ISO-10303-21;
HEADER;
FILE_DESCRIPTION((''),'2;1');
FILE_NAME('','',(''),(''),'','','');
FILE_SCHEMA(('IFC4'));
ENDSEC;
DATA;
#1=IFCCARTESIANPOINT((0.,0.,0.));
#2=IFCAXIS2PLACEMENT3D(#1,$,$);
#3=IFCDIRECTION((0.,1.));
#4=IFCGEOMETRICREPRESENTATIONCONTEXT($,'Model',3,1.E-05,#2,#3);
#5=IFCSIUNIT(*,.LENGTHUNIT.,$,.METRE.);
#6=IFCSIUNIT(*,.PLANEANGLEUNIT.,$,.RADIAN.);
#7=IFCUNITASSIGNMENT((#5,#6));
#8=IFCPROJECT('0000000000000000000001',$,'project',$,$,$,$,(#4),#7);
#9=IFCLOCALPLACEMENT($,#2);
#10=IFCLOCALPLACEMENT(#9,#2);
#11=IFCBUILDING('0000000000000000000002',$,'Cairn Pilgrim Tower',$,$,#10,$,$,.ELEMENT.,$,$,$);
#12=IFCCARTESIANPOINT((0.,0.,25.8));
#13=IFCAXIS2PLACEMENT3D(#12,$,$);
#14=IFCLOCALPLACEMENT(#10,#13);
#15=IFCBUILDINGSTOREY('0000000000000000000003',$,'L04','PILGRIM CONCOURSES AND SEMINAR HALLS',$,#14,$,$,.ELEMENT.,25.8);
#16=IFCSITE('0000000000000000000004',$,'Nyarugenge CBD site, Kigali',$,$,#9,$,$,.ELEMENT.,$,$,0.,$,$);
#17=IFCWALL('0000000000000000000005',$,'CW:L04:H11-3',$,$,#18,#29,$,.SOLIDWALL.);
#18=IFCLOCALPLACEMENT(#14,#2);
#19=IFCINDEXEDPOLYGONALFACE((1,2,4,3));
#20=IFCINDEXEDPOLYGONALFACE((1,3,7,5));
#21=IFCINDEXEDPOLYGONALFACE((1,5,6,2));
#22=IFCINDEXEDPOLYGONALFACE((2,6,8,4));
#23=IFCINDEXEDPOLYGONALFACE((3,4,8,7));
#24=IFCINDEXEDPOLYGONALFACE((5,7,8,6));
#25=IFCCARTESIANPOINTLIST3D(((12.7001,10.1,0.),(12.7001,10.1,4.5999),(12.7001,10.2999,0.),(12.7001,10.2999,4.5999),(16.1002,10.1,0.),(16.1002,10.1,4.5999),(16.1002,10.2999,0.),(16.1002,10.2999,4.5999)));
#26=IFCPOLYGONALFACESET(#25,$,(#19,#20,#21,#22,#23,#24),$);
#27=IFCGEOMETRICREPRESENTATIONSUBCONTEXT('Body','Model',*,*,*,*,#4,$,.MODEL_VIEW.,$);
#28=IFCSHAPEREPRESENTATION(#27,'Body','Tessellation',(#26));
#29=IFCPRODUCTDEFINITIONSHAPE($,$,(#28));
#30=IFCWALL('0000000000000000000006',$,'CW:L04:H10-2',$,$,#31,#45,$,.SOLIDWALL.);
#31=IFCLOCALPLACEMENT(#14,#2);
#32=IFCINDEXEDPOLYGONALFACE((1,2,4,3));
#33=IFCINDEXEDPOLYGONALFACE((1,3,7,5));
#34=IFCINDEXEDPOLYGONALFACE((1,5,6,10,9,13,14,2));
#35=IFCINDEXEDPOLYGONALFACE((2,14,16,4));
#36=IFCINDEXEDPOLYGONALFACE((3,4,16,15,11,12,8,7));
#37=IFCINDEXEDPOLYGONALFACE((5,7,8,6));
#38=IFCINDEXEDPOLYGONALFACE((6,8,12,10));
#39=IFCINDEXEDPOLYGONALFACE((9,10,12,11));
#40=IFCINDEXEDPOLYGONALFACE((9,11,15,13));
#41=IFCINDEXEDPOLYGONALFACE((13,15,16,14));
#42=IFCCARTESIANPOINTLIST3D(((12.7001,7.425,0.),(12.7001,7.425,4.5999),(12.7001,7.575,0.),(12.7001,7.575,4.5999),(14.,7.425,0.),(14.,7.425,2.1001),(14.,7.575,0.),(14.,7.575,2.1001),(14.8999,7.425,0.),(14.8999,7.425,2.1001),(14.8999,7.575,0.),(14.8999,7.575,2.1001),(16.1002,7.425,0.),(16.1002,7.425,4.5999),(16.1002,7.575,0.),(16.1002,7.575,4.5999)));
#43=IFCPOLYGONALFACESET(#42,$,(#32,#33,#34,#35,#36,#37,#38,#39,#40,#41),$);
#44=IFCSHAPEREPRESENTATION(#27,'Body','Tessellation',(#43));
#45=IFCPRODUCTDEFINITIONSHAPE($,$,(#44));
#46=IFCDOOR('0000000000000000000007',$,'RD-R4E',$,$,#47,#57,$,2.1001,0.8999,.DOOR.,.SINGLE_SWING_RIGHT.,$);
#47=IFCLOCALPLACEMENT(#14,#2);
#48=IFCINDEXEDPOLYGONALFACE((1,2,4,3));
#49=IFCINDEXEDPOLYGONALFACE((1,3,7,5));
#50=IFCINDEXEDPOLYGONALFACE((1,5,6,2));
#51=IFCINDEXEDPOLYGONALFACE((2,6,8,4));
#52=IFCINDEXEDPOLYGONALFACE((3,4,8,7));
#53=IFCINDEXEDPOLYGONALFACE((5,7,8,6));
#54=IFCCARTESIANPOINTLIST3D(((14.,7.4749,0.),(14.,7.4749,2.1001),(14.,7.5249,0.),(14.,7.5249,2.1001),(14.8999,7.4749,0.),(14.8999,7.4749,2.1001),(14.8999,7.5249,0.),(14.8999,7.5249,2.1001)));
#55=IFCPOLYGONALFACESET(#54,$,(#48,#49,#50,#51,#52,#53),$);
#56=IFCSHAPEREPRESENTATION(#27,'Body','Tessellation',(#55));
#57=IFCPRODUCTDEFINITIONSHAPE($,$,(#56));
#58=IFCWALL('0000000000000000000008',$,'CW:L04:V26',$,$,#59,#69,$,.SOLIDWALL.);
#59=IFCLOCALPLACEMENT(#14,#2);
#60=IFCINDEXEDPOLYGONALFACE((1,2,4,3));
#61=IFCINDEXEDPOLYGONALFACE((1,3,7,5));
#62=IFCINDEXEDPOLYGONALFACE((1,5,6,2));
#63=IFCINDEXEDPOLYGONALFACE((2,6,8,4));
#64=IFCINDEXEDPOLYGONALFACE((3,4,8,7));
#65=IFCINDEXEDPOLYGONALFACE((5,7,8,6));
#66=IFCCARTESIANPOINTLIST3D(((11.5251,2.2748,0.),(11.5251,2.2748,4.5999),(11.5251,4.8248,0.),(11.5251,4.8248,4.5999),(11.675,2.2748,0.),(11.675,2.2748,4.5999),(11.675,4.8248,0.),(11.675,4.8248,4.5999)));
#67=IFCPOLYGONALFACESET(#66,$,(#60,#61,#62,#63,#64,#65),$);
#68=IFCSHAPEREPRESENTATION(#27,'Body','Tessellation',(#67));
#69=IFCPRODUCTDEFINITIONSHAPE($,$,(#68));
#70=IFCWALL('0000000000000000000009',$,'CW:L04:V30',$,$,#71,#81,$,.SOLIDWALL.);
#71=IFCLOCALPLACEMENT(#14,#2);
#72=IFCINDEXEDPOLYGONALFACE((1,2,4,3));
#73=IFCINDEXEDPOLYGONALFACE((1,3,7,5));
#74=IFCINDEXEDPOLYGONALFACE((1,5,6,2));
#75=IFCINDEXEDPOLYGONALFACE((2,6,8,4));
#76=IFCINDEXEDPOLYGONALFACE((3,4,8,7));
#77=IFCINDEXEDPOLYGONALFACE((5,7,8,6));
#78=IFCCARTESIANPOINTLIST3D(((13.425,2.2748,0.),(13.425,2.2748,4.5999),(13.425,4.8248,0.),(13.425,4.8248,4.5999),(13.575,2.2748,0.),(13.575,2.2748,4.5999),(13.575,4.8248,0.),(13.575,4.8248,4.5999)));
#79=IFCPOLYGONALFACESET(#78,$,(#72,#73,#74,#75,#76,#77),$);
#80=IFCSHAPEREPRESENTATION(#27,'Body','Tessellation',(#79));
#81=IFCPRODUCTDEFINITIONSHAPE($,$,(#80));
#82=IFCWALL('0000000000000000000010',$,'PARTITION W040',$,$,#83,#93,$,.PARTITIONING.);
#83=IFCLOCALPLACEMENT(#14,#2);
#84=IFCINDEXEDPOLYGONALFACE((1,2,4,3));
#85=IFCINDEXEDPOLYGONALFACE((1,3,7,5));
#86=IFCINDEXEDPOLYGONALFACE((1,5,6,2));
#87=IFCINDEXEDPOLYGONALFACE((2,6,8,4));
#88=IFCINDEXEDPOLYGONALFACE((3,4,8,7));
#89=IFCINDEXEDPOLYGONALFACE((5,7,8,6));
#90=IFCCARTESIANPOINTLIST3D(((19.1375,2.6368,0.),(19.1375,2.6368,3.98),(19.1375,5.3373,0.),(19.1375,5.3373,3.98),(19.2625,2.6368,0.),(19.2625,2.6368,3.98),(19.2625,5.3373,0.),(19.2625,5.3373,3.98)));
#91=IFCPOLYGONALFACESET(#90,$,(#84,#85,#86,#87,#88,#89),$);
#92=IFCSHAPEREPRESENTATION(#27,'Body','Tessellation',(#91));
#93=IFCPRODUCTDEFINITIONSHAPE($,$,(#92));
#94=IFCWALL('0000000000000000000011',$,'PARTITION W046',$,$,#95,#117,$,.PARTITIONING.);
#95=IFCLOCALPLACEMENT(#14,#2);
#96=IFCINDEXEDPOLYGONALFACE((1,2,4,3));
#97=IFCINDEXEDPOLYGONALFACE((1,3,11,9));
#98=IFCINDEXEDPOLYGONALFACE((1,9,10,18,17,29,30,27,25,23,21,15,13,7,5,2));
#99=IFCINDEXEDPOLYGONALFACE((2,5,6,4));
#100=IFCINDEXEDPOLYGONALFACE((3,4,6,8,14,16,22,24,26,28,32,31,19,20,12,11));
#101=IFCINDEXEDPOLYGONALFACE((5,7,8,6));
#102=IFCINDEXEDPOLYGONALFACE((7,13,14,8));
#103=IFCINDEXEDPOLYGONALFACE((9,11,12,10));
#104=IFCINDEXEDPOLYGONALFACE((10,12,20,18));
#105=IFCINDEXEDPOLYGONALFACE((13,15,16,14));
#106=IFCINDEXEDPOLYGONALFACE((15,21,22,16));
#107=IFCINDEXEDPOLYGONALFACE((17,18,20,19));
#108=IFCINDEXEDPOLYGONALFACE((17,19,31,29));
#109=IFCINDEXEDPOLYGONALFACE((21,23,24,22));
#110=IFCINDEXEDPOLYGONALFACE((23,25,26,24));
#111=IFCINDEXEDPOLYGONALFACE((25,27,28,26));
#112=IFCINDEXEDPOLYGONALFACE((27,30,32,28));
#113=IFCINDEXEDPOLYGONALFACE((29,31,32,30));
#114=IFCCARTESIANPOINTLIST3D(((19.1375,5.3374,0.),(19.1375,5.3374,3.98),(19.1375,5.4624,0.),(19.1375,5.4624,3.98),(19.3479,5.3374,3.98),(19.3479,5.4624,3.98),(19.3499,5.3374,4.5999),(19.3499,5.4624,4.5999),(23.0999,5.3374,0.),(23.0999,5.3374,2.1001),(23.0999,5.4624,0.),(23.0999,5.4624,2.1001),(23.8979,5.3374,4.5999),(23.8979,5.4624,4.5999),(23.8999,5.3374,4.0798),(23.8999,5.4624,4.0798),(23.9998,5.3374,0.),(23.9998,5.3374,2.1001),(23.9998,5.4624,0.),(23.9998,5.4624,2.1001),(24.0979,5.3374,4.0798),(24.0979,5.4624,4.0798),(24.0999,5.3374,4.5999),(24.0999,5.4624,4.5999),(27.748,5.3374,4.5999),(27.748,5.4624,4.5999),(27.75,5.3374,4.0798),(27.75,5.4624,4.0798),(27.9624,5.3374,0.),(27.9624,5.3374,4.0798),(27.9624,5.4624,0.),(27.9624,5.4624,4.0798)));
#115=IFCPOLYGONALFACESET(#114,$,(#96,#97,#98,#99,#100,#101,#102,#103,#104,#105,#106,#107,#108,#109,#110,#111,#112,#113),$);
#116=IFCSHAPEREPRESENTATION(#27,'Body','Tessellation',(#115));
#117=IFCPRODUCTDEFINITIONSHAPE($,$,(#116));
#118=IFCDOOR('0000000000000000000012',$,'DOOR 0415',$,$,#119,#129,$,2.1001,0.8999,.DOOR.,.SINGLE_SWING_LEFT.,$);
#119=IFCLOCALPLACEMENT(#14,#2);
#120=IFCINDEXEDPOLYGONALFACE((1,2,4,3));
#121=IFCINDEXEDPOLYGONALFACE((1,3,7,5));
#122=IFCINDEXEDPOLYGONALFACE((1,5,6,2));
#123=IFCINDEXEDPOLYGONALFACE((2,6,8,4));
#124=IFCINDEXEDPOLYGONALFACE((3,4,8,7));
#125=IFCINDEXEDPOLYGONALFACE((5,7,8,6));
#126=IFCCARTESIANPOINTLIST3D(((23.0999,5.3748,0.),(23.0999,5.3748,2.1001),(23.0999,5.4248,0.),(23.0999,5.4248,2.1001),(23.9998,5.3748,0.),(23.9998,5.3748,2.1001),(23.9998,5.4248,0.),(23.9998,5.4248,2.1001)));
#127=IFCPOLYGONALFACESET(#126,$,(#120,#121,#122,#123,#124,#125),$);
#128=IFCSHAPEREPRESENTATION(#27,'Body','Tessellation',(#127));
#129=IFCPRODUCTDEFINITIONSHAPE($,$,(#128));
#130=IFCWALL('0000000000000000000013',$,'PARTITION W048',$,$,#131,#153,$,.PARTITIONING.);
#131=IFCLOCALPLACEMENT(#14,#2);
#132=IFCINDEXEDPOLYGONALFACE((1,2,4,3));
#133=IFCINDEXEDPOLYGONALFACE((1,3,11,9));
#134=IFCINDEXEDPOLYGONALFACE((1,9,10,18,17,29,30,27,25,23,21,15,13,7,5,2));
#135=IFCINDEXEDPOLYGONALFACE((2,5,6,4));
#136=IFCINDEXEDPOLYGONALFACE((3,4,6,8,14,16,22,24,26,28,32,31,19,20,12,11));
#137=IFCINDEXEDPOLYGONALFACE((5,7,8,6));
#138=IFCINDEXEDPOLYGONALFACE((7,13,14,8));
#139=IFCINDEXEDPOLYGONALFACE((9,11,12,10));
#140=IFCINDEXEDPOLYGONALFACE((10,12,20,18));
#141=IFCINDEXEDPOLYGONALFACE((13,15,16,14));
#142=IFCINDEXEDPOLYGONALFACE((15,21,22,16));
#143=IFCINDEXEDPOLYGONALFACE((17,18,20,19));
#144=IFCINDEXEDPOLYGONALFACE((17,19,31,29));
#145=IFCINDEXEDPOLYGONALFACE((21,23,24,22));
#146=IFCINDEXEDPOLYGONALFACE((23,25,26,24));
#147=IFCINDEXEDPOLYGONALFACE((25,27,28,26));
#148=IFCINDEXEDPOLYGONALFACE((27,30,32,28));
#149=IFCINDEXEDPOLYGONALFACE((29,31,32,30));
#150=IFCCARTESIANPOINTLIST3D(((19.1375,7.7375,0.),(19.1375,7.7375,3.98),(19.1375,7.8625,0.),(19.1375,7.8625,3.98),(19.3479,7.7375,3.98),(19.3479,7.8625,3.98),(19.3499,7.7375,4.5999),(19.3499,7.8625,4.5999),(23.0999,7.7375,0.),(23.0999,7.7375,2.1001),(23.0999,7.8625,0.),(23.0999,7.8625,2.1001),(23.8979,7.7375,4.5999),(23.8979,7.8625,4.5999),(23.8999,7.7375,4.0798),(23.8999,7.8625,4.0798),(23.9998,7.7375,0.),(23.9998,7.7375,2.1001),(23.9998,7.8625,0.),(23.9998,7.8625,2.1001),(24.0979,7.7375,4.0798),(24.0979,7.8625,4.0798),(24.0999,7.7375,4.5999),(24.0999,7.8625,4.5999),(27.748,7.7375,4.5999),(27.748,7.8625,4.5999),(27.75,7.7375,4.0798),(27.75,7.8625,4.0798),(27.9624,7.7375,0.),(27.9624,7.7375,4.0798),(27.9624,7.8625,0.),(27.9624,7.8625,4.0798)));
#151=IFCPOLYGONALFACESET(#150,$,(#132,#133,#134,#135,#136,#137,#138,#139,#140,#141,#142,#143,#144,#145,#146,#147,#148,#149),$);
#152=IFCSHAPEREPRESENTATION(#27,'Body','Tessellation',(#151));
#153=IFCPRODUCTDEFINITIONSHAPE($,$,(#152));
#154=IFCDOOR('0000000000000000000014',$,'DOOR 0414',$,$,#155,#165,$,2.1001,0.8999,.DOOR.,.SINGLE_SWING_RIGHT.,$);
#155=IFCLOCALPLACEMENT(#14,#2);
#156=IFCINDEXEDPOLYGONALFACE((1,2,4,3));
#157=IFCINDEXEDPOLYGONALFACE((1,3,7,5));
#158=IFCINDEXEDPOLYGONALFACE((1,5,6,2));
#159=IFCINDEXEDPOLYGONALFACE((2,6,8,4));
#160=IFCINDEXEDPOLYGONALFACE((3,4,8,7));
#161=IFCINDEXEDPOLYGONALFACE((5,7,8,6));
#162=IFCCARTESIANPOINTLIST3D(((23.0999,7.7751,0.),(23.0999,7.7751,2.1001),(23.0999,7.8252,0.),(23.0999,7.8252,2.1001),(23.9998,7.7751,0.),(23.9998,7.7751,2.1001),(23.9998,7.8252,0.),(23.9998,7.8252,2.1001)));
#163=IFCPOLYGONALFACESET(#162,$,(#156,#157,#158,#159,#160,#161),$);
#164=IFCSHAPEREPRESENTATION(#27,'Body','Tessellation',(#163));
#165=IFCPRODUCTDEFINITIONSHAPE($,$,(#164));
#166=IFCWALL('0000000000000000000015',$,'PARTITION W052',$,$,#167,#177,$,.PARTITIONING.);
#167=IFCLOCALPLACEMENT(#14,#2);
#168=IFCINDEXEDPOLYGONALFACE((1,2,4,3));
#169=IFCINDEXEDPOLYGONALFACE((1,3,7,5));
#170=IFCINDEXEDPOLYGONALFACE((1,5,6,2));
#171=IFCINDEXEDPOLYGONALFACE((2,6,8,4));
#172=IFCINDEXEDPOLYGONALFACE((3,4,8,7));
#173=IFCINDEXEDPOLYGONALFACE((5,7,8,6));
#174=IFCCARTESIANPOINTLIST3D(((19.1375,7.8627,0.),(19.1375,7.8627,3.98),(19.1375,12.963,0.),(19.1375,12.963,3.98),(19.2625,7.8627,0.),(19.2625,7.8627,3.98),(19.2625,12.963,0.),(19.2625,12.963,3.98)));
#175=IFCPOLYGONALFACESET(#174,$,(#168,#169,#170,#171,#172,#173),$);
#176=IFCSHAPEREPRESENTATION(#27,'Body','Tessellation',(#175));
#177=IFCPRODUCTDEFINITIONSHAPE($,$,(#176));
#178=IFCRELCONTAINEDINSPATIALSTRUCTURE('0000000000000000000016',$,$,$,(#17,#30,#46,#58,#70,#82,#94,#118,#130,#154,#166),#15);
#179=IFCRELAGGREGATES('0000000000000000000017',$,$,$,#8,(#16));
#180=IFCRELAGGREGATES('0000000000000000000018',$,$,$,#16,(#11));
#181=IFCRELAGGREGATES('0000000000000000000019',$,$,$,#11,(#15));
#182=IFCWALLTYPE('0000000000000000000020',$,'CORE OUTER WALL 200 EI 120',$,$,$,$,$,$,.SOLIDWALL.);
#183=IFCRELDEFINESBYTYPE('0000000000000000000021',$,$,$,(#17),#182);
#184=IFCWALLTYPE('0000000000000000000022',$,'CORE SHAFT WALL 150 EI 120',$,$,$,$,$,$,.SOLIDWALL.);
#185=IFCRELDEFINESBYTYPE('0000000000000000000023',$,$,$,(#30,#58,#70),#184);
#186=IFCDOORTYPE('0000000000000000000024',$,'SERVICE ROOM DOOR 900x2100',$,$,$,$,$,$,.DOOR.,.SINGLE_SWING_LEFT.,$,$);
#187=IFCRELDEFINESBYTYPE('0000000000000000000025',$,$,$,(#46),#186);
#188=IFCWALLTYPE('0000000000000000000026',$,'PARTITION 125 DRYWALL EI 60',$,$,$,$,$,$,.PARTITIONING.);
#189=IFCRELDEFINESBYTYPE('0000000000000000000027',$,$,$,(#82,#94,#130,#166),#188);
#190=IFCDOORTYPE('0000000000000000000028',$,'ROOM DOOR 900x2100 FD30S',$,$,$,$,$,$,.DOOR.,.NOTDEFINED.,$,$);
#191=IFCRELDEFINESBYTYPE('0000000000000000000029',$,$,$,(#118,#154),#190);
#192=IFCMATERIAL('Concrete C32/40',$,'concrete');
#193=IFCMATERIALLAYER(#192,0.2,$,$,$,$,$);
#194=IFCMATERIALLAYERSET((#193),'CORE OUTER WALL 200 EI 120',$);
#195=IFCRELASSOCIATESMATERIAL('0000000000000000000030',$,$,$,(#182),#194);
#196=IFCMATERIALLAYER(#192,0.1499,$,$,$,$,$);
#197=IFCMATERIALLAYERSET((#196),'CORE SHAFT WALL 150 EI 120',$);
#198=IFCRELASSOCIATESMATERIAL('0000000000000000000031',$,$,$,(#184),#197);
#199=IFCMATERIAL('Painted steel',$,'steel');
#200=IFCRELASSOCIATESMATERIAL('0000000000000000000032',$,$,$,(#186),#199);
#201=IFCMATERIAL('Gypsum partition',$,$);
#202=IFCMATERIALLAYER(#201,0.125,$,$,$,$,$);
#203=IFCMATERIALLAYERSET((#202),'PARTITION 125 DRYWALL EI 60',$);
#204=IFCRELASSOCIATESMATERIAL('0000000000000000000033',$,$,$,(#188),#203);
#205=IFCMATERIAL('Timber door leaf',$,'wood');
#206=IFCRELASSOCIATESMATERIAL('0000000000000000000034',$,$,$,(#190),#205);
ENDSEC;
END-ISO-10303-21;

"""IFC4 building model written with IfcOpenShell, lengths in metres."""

from ifc_helpers import new_model, si_unit, direction, frame, frame_2d, origin, place, context, subcontext, project, spatial, polyline, rectangle, outline, extrude, material, layer, layer_set, type_object, element, fill, save


model = new_model("IFC4")

# Units and contexts
model_context = context("Model", 3, precision=1e-05, world=origin(), true_north=direction((0.0, 1.0)))
body_context = subcontext(model_context, "Body", "Model", "MODEL_VIEW")
ifc_project = project(units=[si_unit("LENGTHUNIT", "METRE"), si_unit("PLANEANGLEUNIT", "RADIAN")], contexts=[model_context])

# Site, building, storey
site_placement = place(None, origin())
site = spatial("IfcSite", under=ifc_project, at=site_placement, Name="Nyarugenge CBD site, Kigali", CompositionType="ELEMENT", RefElevation=0.0)
building_placement = place(site_placement, origin())
building = spatial("IfcBuilding", under=site, at=building_placement, Name="Cairn Pilgrim Tower", CompositionType="ELEMENT")
storey_placement = place(building_placement, frame((0.0, 0.0, 25.8)))
storey = spatial("IfcBuildingStorey", under=building, at=storey_placement, Name="L04", Description="PILGRIM CONCOURSES AND SEMINAR HALLS", CompositionType="ELEMENT", Elevation=25.8)

# Wall
ifc_material_1 = material(Name="Concrete C32/40", Category="concrete")
ifc_layer_1 = layer(ifc_material_1, 0.2)
ifc_layer_set_1 = layer_set([ifc_layer_1], Name="CORE OUTER WALL 200 EI 120")
wall_type_1 = type_object("IfcWallType", Name="CORE OUTER WALL 200 EI 120", PredefinedType="SOLIDWALL", material=ifc_layer_set_1)
wall_1_placement = place(storey_placement, frame((12.7, 10.2, 0.0), z_axis=(0.0, 0.0, 1.0), x_axis=(1.0, 0.0, 0.0)))
element("IfcWall", 1, at=wall_1_placement, inside=storey, type_object=wall_type_1, Name="CW:L04:H11-3", PredefinedType="SOLIDWALL", context=body_context, shape_type="SweptSolid", body=[
    extrude(rectangle(XDim=3.4001, YDim=0.2, at=frame_2d((1.7002, 0.0))), origin(), (0.0, 0.0, 1.0), 4.5999),
])

# Wall, opening, door
ifc_layer_2 = layer(ifc_material_1, 0.1499)
ifc_layer_set_2 = layer_set([ifc_layer_2], Name="CORE SHAFT WALL 150 EI 120")
wall_type_2 = type_object("IfcWallType", Name="CORE SHAFT WALL 150 EI 120", PredefinedType="SOLIDWALL", material=ifc_layer_set_2)
wall_2_placement = place(storey_placement, frame((12.7, 7.5, 0.0), z_axis=(0.0, 0.0, 1.0), x_axis=(1.0, 0.0, 0.0)))
wall_2 = element("IfcWall", 2, at=wall_2_placement, inside=storey, type_object=wall_type_2, Name="CW:L04:H10-2", PredefinedType="SOLIDWALL", context=body_context, shape_type="SweptSolid", body=[
    extrude(rectangle(XDim=3.4001, YDim=0.1499, at=frame_2d((1.7002, 0.0))), origin(), (0.0, 0.0, 1.0), 4.5999),
])
opening_1_placement = place(wall_2_placement, frame((1.3, 0.0, 0.0)))
opening_1 = element("IfcOpeningElement", 3, at=opening_1_placement, cuts=wall_2, PredefinedType="OPENING", context=body_context, shape_type="SweptSolid", body=[
    extrude(rectangle(XDim=0.8999, YDim=2.1001, at=frame_2d((0.45, 1.05))), frame((0.0, 0.085, 0.0), z_axis=(0.0, -1.0, 0.0), x_axis=(1.0, 0.0, 0.0)), (0.0, 0.0, 1.0), 0.1699),
])
ifc_material_2 = material(Name="Painted steel", Category="steel")
door_type_1 = type_object("IfcDoorType", Name="SERVICE ROOM DOOR 900x2100", OperationType="SINGLE_SWING_LEFT", PredefinedType="DOOR", material=ifc_material_2)
door_1_placement = place(opening_1_placement, origin())
door_1 = element("IfcDoor", 4, at=door_1_placement, inside=storey, type_object=door_type_1, Name="RD-R4E", OperationType="SINGLE_SWING_RIGHT", OverallHeight=2.1001, OverallWidth=0.8999, PredefinedType="DOOR", context=body_context, shape_type="SweptSolid", body=[
    extrude(rectangle(XDim=0.8999, YDim=2.1001, at=frame_2d((0.45, 1.05))), frame((0.0, 0.0249, 0.0), z_axis=(0.0, -1.0, 0.0), x_axis=(1.0, 0.0, 0.0)), (0.0, 0.0, 1.0), 0.05),
])
fill(opening_1, door_1)

# Walls
for number, where, z_axis, x_axis, name in (
    (5, (11.6001, 2.2749, 0.0), (0.0, 0.0, 1.0), (0.0, 1.0, 0.0), "CW:L04:V26"),
    (6, (13.5, 2.2749, 0.0), (0.0, 0.0, 1.0), (0.0, 1.0, 0.0), "CW:L04:V30"),
):
    element("IfcWall", number, at=place(storey_placement, frame(where, z_axis=z_axis, x_axis=x_axis)), inside=storey, type_object=wall_type_2, Name=name, PredefinedType="SOLIDWALL", context=body_context, shape_type="SweptSolid", body=[
        extrude(rectangle(XDim=2.55, YDim=0.1499, at=frame_2d((1.2749, 0.0))), origin(), (0.0, 0.0, 1.0), 4.5999),
    ])
ifc_material_3 = material(Name="Gypsum partition")
ifc_layer_3 = layer(ifc_material_3, 0.125)
ifc_layer_set_3 = layer_set([ifc_layer_3], Name="PARTITION 125 DRYWALL EI 60")
wall_type_3 = type_object("IfcWallType", Name="PARTITION 125 DRYWALL EI 60", PredefinedType="PARTITIONING", material=ifc_layer_set_3)
wall_3_placement = place(storey_placement, frame((19.2, 2.637, 0.0), z_axis=(0.0, 0.0, 1.0), x_axis=(0.0, 1.0, 0.0)))
element("IfcWall", 7, at=wall_3_placement, inside=storey, type_object=wall_type_3, Name="PARTITION W040", PredefinedType="PARTITIONING", context=body_context, shape_type="SweptSolid", body=[
    extrude(rectangle(XDim=2.7004, YDim=0.125, at=frame_2d((1.3501, 0.0))), origin(), (0.0, 0.0, 1.0), 3.98),
])

# Walls, openings, doors
wall_4_placement = place(storey_placement, frame((19.1375, 5.3999, 0.0), z_axis=(0.0, 0.0, 1.0), x_axis=(1.0, 0.0, 0.0)))
wall_4 = element("IfcWall", 8, at=wall_4_placement, inside=storey, type_object=wall_type_3, Name="PARTITION W046", PredefinedType="PARTITIONING", context=body_context, shape_type="SweptSolid", body=[
    extrude(outline(polyline([(0.0, 0.0), (8.825, 0.0), (8.825, 4.0798), (8.6125, 4.0798), (8.6106, 4.5999), (4.9624, 4.5999), (4.9604, 4.0798), (4.7625, 4.0798), (4.7605, 4.5999), (0.2124, 4.5999), (0.2104, 3.98), (0.0, 3.98), (0.0, 0.0)])), frame((0.0, 0.0625, 0.0), z_axis=(0.0, -1.0, 0.0), x_axis=(1.0, 0.0, 0.0)), (0.0, 0.0, 1.0), 0.125),
])
opening_2_placement = place(wall_4_placement, frame((3.9624, 0.0, 0.0)))
opening_2 = element("IfcOpeningElement", 9, at=opening_2_placement, cuts=wall_4, PredefinedType="OPENING", context=body_context, shape_type="SweptSolid", body=[
    extrude(rectangle(XDim=0.8999, YDim=2.1001, at=frame_2d((0.45, 1.05))), frame((0.0, 0.0725, 0.0), z_axis=(0.0, -1.0, 0.0), x_axis=(1.0, 0.0, 0.0)), (0.0, 0.0, 1.0), 0.145),
])
ifc_material_4 = material(Name="Timber door leaf", Category="wood")
door_type_2 = type_object("IfcDoorType", Name="ROOM DOOR 900x2100 FD30S", OperationType="NOTDEFINED", PredefinedType="DOOR", material=ifc_material_4)
door_2_placement = place(opening_2_placement, origin())
door_2 = element("IfcDoor", 10, at=door_2_placement, inside=storey, type_object=door_type_2, Name="DOOR 0415", OperationType="SINGLE_SWING_LEFT", OverallHeight=2.1001, OverallWidth=0.8999, PredefinedType="DOOR", context=body_context, shape_type="SweptSolid", body=[
    extrude(rectangle(XDim=0.8999, YDim=2.1001, at=frame_2d((0.45, 1.05))), frame((0.0, 0.0249, 0.0), z_axis=(0.0, -1.0, 0.0), x_axis=(1.0, 0.0, 0.0)), (0.0, 0.0, 1.0), 0.05),
])
fill(opening_2, door_2)
wall_5_placement = place(storey_placement, frame((19.1375, 7.8, 0.0), z_axis=(0.0, 0.0, 1.0), x_axis=(1.0, 0.0, 0.0)))
wall_5 = element("IfcWall", 11, at=wall_5_placement, inside=storey, type_object=wall_type_3, Name="PARTITION W048", PredefinedType="PARTITIONING", context=body_context, shape_type="SweptSolid", body=[
    extrude(outline(polyline([(0.0, 0.0), (8.825, 0.0), (8.825, 4.0798), (8.6125, 4.0798), (8.6106, 4.5999), (4.9624, 4.5999), (4.9604, 4.0798), (4.7625, 4.0798), (4.7605, 4.5999), (0.2124, 4.5999), (0.2104, 3.98), (0.0, 3.98), (0.0, 0.0)])), frame((0.0, 0.0625, 0.0), z_axis=(0.0, -1.0, 0.0), x_axis=(1.0, 0.0, 0.0)), (0.0, 0.0, 1.0), 0.125),
])
opening_3_placement = place(wall_5_placement, frame((3.9624, 0.0, 0.0)))
opening_3 = element("IfcOpeningElement", 12, at=opening_3_placement, cuts=wall_5, PredefinedType="OPENING", context=body_context, shape_type="SweptSolid", body=[
    extrude(rectangle(XDim=0.8999, YDim=2.1001, at=frame_2d((0.45, 1.05))), frame((0.0, 0.0725, 0.0), z_axis=(0.0, -1.0, 0.0), x_axis=(1.0, 0.0, 0.0)), (0.0, 0.0, 1.0), 0.145),
])
door_3_placement = place(opening_3_placement, frame((0.8999, 0.0, 0.0), z_axis=(0.0, 0.0, 1.0), x_axis=(-1.0, 0.0, 0.0)))
door_3 = element("IfcDoor", 13, at=door_3_placement, inside=storey, type_object=door_type_2, Name="DOOR 0414", OperationType="SINGLE_SWING_RIGHT", OverallHeight=2.1001, OverallWidth=0.8999, PredefinedType="DOOR", context=body_context, shape_type="SweptSolid", body=[
    extrude(rectangle(XDim=0.8999, YDim=2.1001, at=frame_2d((0.45, 1.05))), frame((0.0, 0.0249, 0.0), z_axis=(0.0, -1.0, 0.0), x_axis=(1.0, 0.0, 0.0)), (0.0, 0.0, 1.0), 0.05),
])
fill(opening_3, door_3)

# Wall
wall_6_placement = place(storey_placement, frame((19.2, 7.8625, 0.0), z_axis=(0.0, 0.0, 1.0), x_axis=(0.0, 1.0, 0.0)))
element("IfcWall", 14, at=wall_6_placement, inside=storey, type_object=wall_type_3, Name="PARTITION W052", PredefinedType="PARTITIONING", context=body_context, shape_type="SweptSolid", body=[
    extrude(rectangle(XDim=5.1003, YDim=0.125, at=frame_2d((2.5503, 0.0))), origin(), (0.0, 0.0, 1.0), 3.98),
])

save(model, "model.ifc")
